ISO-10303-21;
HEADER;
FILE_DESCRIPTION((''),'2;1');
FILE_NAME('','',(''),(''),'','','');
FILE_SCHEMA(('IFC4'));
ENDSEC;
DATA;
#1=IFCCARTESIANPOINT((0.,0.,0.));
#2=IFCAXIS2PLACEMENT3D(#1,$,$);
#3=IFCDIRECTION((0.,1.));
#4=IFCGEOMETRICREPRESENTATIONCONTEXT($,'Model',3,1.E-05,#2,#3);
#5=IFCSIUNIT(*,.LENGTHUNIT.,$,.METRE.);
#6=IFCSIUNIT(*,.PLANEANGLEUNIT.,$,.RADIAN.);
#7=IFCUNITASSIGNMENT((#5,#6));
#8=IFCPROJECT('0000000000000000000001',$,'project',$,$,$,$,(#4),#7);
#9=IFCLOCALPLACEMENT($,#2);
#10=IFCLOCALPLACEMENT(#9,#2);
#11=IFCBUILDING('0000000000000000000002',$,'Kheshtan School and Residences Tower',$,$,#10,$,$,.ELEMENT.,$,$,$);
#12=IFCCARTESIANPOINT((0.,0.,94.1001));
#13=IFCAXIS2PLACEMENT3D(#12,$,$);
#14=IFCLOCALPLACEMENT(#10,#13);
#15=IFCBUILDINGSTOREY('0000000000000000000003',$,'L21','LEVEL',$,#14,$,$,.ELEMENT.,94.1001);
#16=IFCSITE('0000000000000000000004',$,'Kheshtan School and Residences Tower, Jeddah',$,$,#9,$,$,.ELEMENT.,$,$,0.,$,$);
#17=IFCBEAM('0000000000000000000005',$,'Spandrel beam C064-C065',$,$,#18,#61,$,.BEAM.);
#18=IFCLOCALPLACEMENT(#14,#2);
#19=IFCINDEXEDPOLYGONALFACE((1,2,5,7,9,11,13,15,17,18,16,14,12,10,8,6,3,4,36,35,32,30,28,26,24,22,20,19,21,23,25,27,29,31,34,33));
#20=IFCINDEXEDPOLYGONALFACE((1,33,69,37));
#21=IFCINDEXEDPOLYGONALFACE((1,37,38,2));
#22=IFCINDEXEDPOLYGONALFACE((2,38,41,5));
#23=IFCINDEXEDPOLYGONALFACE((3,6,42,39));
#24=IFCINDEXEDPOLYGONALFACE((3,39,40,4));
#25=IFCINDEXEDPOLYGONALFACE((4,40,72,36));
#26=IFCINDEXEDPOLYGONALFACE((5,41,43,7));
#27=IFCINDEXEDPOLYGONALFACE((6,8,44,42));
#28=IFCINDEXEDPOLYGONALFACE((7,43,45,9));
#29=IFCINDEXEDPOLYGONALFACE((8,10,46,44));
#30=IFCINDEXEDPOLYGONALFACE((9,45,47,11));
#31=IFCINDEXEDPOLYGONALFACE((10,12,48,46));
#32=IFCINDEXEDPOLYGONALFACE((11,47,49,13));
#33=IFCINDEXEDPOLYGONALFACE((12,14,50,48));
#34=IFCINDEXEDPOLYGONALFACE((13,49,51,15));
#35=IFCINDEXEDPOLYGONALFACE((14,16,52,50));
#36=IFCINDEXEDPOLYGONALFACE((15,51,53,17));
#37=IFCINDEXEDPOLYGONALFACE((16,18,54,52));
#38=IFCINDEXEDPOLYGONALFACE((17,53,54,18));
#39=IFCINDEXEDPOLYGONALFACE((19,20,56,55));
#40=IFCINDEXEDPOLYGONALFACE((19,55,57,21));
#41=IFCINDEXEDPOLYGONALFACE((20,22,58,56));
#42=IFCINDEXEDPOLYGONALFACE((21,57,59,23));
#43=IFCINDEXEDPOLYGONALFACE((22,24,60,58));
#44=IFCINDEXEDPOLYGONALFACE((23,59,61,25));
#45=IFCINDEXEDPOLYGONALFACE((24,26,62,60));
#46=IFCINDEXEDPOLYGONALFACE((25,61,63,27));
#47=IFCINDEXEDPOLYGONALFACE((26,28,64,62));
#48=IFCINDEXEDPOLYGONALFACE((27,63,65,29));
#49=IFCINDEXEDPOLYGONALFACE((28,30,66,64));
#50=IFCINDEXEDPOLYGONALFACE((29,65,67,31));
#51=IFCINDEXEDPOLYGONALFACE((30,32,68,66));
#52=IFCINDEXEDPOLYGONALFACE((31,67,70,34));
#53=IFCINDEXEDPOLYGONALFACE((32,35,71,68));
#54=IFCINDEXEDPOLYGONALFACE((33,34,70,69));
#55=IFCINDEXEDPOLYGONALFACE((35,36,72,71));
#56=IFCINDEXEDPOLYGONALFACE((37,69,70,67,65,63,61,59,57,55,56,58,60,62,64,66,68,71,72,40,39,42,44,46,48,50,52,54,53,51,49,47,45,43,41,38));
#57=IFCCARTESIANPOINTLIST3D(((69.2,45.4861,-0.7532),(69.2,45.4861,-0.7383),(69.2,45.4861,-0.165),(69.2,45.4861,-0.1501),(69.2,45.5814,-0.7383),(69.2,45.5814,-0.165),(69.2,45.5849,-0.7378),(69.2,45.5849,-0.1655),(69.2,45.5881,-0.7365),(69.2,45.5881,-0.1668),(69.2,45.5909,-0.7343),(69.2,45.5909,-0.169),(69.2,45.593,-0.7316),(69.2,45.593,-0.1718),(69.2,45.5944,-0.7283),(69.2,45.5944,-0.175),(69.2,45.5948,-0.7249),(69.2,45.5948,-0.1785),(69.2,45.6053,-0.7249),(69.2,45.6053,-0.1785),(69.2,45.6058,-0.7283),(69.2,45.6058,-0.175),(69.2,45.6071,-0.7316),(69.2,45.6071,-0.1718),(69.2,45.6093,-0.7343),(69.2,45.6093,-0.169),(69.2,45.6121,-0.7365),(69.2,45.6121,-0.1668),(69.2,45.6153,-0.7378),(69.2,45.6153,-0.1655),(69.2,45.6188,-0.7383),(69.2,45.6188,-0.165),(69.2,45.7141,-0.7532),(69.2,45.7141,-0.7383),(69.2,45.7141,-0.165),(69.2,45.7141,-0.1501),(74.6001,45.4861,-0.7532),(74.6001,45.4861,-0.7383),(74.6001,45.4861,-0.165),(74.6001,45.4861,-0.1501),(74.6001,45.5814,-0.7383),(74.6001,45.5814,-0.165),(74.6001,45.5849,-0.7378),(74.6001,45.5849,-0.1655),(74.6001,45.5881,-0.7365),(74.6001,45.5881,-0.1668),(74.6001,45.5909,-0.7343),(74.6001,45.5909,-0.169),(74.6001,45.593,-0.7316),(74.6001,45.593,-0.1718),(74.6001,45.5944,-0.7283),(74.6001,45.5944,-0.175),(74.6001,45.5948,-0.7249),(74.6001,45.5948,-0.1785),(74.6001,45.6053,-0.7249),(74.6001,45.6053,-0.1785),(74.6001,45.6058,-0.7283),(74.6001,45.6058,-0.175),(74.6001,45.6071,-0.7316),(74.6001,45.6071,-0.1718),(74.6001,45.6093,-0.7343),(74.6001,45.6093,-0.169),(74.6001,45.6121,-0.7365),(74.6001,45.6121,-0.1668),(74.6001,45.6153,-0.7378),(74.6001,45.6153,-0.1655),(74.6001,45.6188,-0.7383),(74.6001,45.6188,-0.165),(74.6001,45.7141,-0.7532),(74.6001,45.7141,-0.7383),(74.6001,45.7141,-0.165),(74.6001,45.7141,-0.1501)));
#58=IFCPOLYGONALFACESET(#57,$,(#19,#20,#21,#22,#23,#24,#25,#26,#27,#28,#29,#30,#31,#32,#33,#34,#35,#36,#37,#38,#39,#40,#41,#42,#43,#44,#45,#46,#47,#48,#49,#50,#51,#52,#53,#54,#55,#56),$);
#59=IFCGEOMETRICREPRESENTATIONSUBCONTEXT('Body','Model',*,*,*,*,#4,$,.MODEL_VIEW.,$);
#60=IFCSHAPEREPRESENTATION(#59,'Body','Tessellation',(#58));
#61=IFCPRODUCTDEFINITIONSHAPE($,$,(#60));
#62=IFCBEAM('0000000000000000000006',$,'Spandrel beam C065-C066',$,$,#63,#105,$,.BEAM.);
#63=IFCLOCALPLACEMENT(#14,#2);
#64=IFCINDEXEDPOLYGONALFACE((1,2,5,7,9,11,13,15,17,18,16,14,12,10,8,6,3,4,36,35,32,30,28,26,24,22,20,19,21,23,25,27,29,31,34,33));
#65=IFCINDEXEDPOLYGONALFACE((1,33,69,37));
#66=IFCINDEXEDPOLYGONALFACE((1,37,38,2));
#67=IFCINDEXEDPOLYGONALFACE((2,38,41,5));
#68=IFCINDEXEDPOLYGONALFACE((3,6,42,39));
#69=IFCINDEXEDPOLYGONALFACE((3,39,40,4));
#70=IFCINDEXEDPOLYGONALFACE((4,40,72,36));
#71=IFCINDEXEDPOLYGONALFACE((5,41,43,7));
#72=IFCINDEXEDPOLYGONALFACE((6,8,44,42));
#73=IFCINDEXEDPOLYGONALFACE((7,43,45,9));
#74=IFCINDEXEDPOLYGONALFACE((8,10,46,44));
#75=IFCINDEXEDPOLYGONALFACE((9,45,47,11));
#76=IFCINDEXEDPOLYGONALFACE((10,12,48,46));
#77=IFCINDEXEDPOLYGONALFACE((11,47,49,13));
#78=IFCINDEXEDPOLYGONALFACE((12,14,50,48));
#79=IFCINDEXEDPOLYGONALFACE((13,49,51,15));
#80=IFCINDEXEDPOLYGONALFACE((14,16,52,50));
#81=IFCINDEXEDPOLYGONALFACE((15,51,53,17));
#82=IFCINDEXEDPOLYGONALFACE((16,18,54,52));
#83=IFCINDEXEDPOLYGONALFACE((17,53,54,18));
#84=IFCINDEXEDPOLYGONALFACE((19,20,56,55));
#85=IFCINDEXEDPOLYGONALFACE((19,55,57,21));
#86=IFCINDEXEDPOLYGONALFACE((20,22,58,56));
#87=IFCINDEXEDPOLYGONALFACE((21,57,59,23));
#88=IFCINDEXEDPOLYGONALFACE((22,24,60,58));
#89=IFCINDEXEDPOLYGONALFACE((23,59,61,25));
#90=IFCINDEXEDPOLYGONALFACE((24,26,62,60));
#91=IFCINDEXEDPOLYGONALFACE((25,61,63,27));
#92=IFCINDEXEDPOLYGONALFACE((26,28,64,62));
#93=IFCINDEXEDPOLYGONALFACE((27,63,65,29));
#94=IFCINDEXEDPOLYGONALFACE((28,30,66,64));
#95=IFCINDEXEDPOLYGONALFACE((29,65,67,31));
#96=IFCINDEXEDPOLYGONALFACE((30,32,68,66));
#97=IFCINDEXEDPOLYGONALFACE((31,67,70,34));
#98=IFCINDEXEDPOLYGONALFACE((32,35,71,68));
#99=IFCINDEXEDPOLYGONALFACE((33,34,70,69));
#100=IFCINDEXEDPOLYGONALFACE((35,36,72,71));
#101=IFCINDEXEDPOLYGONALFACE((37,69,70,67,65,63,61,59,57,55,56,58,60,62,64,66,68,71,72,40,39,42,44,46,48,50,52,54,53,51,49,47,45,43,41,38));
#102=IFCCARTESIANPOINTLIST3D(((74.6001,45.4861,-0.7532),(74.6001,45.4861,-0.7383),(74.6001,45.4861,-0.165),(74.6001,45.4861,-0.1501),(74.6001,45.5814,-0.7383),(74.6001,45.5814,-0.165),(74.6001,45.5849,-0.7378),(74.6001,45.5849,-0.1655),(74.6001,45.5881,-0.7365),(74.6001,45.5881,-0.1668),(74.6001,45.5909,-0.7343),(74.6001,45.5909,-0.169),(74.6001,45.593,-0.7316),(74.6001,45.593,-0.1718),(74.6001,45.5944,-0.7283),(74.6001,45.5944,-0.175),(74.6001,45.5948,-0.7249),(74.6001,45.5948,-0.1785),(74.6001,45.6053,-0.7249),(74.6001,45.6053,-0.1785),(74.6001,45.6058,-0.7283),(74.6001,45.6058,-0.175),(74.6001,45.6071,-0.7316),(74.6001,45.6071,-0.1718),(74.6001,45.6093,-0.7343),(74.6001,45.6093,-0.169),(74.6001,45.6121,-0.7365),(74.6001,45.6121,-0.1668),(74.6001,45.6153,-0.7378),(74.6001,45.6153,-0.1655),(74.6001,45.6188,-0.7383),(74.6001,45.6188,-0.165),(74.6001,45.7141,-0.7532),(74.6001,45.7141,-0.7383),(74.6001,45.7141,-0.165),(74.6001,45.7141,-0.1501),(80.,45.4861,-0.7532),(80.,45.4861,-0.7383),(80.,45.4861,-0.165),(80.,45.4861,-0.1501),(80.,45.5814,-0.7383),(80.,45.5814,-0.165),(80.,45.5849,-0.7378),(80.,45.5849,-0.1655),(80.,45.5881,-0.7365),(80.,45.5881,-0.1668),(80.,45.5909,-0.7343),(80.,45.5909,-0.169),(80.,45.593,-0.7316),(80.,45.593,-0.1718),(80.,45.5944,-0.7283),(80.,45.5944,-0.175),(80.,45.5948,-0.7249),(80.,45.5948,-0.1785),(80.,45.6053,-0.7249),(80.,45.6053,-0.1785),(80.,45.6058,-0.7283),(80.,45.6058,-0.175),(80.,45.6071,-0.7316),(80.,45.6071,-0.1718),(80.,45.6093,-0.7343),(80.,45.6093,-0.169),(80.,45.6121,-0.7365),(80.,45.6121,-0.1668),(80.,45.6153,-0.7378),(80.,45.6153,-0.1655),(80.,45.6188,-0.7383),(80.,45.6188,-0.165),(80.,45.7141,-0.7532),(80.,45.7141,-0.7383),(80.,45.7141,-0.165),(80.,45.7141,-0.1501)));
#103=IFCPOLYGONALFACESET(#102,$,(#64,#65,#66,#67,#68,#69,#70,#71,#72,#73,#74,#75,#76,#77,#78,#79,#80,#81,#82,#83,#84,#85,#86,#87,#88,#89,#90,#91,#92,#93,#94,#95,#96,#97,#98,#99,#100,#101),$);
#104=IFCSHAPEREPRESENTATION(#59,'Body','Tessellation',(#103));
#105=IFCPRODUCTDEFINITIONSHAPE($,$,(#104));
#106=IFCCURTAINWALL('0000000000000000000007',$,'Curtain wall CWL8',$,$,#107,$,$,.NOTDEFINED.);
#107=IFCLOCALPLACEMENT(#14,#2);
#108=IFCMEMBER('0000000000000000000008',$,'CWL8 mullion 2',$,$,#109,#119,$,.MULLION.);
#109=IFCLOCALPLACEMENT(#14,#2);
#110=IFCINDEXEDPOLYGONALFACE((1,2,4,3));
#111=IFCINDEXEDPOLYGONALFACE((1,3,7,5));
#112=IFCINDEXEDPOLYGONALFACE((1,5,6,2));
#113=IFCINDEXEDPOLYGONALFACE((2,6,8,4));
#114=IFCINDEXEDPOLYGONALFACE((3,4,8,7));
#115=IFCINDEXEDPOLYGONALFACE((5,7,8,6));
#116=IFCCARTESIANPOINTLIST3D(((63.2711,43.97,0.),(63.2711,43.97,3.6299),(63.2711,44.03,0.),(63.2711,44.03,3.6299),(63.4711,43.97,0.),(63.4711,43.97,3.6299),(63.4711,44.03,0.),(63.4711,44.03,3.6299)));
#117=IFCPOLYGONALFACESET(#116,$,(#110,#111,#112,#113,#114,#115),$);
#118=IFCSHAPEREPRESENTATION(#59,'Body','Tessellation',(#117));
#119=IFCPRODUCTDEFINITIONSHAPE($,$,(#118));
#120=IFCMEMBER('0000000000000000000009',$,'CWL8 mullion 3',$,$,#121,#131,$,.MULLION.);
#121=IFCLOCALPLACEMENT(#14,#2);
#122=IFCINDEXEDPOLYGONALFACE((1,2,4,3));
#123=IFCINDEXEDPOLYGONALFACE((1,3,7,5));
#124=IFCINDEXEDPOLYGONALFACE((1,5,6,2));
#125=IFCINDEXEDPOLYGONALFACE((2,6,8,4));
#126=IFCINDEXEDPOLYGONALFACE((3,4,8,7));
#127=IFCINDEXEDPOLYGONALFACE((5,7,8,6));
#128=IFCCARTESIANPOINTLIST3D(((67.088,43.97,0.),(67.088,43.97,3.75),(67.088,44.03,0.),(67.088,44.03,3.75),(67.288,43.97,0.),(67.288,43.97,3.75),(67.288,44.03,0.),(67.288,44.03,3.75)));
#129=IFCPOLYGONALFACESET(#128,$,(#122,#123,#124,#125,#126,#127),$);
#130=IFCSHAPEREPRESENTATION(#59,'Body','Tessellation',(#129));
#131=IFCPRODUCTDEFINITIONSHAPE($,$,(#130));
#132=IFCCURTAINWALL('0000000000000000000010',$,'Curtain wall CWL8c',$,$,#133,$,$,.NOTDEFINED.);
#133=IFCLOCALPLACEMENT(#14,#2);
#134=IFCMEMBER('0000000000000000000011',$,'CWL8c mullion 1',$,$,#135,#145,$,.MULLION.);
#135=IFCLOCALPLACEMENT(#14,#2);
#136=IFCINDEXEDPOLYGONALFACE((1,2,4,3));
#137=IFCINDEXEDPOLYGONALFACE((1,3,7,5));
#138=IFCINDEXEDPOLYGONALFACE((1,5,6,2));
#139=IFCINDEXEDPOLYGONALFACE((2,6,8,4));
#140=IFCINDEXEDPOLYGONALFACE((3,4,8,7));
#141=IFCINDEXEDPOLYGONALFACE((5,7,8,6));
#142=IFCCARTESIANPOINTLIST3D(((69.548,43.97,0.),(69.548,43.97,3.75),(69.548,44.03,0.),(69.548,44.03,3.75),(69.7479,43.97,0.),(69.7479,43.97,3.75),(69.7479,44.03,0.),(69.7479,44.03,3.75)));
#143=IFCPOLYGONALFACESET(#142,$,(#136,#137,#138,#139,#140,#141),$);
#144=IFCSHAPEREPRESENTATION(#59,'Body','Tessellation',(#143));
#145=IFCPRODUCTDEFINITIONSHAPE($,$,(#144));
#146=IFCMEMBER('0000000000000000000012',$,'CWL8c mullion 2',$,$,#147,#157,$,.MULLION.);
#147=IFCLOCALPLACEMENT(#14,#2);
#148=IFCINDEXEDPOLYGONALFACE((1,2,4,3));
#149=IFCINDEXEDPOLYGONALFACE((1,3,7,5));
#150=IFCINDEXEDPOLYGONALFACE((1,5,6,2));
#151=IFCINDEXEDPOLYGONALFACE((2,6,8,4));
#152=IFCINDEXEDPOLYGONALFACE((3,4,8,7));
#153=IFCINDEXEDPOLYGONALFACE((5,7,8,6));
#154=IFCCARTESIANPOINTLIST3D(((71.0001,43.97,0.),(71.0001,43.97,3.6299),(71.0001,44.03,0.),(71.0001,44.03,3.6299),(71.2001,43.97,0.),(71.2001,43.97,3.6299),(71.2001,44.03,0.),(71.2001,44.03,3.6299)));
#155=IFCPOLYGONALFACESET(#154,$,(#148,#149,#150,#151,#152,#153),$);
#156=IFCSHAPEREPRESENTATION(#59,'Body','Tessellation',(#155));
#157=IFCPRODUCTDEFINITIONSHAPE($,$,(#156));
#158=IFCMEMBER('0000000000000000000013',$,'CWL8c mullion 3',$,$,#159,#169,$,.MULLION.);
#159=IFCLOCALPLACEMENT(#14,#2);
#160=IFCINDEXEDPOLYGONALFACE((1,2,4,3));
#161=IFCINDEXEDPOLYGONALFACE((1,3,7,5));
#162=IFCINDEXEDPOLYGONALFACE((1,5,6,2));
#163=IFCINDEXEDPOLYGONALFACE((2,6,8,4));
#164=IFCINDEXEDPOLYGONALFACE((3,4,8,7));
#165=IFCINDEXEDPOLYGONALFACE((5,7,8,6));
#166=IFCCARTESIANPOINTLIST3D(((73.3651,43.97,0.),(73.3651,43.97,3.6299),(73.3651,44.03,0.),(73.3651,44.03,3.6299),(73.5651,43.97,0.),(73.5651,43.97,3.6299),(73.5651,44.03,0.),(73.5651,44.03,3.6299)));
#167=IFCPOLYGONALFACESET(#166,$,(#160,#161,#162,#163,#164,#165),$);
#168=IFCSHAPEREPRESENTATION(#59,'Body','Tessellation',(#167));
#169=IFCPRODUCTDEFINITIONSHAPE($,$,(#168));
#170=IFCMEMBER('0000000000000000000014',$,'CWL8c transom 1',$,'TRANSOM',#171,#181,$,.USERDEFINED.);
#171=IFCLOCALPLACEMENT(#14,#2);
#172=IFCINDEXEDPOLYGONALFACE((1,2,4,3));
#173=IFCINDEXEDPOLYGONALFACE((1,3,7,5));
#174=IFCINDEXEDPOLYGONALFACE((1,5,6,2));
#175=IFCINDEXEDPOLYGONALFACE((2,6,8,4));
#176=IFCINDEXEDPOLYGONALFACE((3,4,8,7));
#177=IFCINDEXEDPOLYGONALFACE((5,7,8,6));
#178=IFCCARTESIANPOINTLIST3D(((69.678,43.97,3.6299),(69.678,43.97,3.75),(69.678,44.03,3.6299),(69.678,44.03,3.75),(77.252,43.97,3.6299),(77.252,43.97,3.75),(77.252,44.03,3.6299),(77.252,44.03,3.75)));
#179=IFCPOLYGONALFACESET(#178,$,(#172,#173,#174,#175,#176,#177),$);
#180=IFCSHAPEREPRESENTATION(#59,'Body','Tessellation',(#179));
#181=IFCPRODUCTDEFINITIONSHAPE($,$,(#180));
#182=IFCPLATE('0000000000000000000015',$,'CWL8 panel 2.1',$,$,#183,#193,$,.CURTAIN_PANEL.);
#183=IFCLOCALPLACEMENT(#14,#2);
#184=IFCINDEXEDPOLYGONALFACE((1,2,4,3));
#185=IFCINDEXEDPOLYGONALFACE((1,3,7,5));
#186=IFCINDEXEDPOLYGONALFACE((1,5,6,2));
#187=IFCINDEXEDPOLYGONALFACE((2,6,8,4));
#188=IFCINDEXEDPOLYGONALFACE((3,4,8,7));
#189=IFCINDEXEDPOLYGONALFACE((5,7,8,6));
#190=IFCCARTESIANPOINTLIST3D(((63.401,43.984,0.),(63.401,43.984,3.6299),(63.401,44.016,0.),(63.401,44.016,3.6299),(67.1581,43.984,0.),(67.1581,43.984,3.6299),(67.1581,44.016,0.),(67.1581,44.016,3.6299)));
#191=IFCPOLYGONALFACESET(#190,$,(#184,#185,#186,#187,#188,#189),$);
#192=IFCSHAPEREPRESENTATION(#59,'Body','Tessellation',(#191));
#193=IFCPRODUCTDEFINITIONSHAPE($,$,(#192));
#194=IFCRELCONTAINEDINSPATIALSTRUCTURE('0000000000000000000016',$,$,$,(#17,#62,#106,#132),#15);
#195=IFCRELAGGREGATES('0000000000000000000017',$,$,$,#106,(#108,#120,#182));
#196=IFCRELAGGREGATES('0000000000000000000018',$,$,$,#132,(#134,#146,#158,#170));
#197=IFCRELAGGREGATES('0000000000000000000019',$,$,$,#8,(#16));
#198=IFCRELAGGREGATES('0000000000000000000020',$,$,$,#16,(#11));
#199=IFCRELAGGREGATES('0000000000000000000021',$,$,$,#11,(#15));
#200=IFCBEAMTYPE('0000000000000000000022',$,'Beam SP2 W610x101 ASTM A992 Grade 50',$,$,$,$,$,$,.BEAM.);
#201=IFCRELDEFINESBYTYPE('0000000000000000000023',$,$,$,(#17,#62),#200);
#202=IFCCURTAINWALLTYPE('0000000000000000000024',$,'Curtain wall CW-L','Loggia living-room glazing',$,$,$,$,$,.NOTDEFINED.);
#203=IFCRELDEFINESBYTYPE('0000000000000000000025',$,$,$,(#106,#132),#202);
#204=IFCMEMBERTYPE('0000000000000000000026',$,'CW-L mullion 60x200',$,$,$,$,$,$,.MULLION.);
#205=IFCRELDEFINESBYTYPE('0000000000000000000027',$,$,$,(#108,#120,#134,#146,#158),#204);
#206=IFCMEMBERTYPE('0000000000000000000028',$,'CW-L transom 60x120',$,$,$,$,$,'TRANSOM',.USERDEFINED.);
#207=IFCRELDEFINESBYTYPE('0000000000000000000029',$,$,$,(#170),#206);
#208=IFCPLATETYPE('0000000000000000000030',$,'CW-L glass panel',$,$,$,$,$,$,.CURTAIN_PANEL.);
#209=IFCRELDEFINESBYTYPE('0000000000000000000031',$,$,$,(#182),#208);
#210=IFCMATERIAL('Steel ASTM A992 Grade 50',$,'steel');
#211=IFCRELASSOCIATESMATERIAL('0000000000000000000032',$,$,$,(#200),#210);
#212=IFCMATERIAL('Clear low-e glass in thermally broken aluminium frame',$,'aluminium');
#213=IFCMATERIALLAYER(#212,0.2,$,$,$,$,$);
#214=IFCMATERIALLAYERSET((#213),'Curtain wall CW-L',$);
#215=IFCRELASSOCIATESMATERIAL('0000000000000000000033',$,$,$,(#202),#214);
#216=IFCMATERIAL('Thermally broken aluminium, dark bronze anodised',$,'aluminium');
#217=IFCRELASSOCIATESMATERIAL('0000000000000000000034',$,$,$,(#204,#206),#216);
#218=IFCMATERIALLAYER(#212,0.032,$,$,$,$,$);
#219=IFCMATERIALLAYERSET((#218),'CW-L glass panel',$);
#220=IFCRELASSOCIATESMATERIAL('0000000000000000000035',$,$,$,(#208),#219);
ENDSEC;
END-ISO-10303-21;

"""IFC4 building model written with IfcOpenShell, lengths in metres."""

from ifc_helpers import new_model, si_unit, direction, frame, origin, origin_2d, place, context, subcontext, project, spatial, rectangle, i_section, extrude, material, layer, layer_set, material_profile, profile_set, type_object, element, aggregate, save


model = new_model("IFC4")

# Units and contexts
model_context = context("Model", 3, precision=1e-05, world=origin(), true_north=direction((0.0, 1.0)))
body_context = subcontext(model_context, "Body", "Model", "MODEL_VIEW")
ifc_project = project(units=[si_unit("LENGTHUNIT", "METRE"), si_unit("PLANEANGLEUNIT", "RADIAN")], contexts=[model_context])

# Site, building, storey
site_placement = place(None, origin())
site = spatial("IfcSite", under=ifc_project, at=site_placement, Name="Kheshtan School and Residences Tower, Jeddah", CompositionType="ELEMENT", RefElevation=0.0)
building_placement = place(site_placement, origin())
building = spatial("IfcBuilding", under=site, at=building_placement, Name="Kheshtan School and Residences Tower", CompositionType="ELEMENT")
storey_placement = place(building_placement, frame((0.0, 0.0, 94.1001)))
storey = spatial("IfcBuildingStorey", under=building, at=storey_placement, Name="L21", Description="LEVEL", CompositionType="ELEMENT", Elevation=94.1001)

# Shared definitions
ifc_material_1 = material(Name="Steel ASTM A992 Grade 50", Category="steel")

# Beams
ifc_material_profile_1 = material_profile(ifc_material_1, i_section(OverallWidth=0.228, OverallDepth=0.603, WebThickness=0.0105, FlangeThickness=0.0149, FilletRadius=0.0134, at=origin_2d()), Name="W610x101")
ifc_profile_set_1 = profile_set([ifc_material_profile_1], Name="Steel ASTM A992 Grade 50")
beam_type_1 = type_object("IfcBeamType", Name="Beam SP2 W610x101 ASTM A992 Grade 50", PredefinedType="BEAM", material=ifc_profile_set_1)
beam_1_placement = place(storey_placement, frame((69.2, 45.6001, -0.4517), z_axis=(1.0, 0.0, 0.0), x_axis=(0.0, 1.0, 0.0)))
element("IfcBeam", 1, at=beam_1_placement, inside=storey, type_object=beam_type_1, Name="Spandrel beam C064-C065", PredefinedType="BEAM", context=body_context, shape_type="SweptSolid", body=[
    extrude(i_section(OverallWidth=0.228, OverallDepth=0.603, WebThickness=0.0105, FlangeThickness=0.0149, FilletRadius=0.0134, at=origin_2d()), origin(), (0.0, 0.0, 1.0), 5.4001),
])
beam_2_placement = place(storey_placement, frame((74.6001, 45.6001, -0.4517), z_axis=(1.0, 0.0, 0.0), x_axis=(0.0, 1.0, 0.0)))
element("IfcBeam", 2, at=beam_2_placement, inside=storey, type_object=beam_type_1, Name="Spandrel beam C065-C066", PredefinedType="BEAM", context=body_context, shape_type="SweptSolid", body=[
    extrude(i_section(OverallWidth=0.228, OverallDepth=0.603, WebThickness=0.0105, FlangeThickness=0.0149, FilletRadius=0.0134, at=origin_2d()), origin(), (0.0, 0.0, 1.0), 5.3999),
])

# Curtain walls, members
ifc_material_2 = material(Name="Clear low-e glass in thermally broken aluminium frame", Category="aluminium")
ifc_layer_1 = layer(ifc_material_2, 0.2)
ifc_layer_set_1 = layer_set([ifc_layer_1], Name="Curtain wall CW-L")
curtain_wall_type = type_object("IfcCurtainWallType", Name="Curtain wall CW-L", Description="Loggia living-room glazing", PredefinedType="NOTDEFINED", material=ifc_layer_set_1)
curtain_wall_1_placement = place(storey_placement, origin())
curtain_wall_1 = element("IfcCurtainWall", 3, at=curtain_wall_1_placement, inside=storey, type_object=curtain_wall_type, Name="Curtain wall CWL8", PredefinedType="NOTDEFINED")
ifc_material_3 = material(Name="Thermally broken aluminium, dark bronze anodised", Category="aluminium")
ifc_material_profile_2 = material_profile(ifc_material_3, rectangle(XDim=0.0601, YDim=0.2, at=origin_2d()), Name="CW-L mullion 60x200")
ifc_profile_set_2 = profile_set([ifc_material_profile_2], Name="Thermally broken aluminium, dark bronze anodised")
member_type_1 = type_object("IfcMemberType", Name="CW-L mullion 60x200", PredefinedType="MULLION", material=ifc_profile_set_2)
member_1_placement = place(storey_placement, frame((63.3711, 44.0, 0.0), z_axis=(0.0, 0.0, 1.0), x_axis=(0.0, 1.0, 0.0)))
member_1 = element("IfcMember", 4, at=member_1_placement, type_object=member_type_1, Name="CWL8 mullion 2", PredefinedType="MULLION", context=body_context, shape_type="SweptSolid", body=[
    extrude(rectangle(XDim=0.0601, YDim=0.2, at=origin_2d()), origin(), (0.0, 0.0, 1.0), 3.6299),
])
member_2_placement = place(storey_placement, frame((67.188, 44.0, 0.0), z_axis=(0.0, 0.0, 1.0), x_axis=(0.0, 1.0, 0.0)))
member_2 = element("IfcMember", 5, at=member_2_placement, type_object=member_type_1, Name="CWL8 mullion 3", PredefinedType="MULLION", context=body_context, shape_type="SweptSolid", body=[
    extrude(rectangle(XDim=0.0601, YDim=0.2, at=origin_2d()), origin(), (0.0, 0.0, 1.0), 3.75),
])
curtain_wall_2_placement = place(storey_placement, origin())
curtain_wall_2 = element("IfcCurtainWall", 6, at=curtain_wall_2_placement, inside=storey, type_object=curtain_wall_type, Name="Curtain wall CWL8c", PredefinedType="NOTDEFINED")
member_3_placement = place(storey_placement, frame((69.6479, 44.0, 0.0), z_axis=(0.0, 0.0, 1.0), x_axis=(0.0, 1.0, 0.0)))
member_3 = element("IfcMember", 7, at=member_3_placement, type_object=member_type_1, Name="CWL8c mullion 1", PredefinedType="MULLION", context=body_context, shape_type="SweptSolid", body=[
    extrude(rectangle(XDim=0.0601, YDim=0.2, at=origin_2d()), origin(), (0.0, 0.0, 1.0), 3.75),
])
member_4_placement = place(storey_placement, frame((71.1001, 44.0, 0.0), z_axis=(0.0, 0.0, 1.0), x_axis=(0.0, 1.0, 0.0)))
member_4 = element("IfcMember", 8, at=member_4_placement, type_object=member_type_1, Name="CWL8c mullion 2", PredefinedType="MULLION", context=body_context, shape_type="SweptSolid", body=[
    extrude(rectangle(XDim=0.0601, YDim=0.2, at=origin_2d()), origin(), (0.0, 0.0, 1.0), 3.6299),
])
member_5_placement = place(storey_placement, frame((73.4651, 44.0, 0.0), z_axis=(0.0, 0.0, 1.0), x_axis=(0.0, 1.0, 0.0)))
member_5 = element("IfcMember", 9, at=member_5_placement, type_object=member_type_1, Name="CWL8c mullion 3", PredefinedType="MULLION", context=body_context, shape_type="SweptSolid", body=[
    extrude(rectangle(XDim=0.0601, YDim=0.2, at=origin_2d()), origin(), (0.0, 0.0, 1.0), 3.6299),
])
ifc_material_profile_3 = material_profile(ifc_material_3, rectangle(XDim=0.0601, YDim=0.1201, at=origin_2d()), Name="CW-L transom 60x120")
ifc_profile_set_3 = profile_set([ifc_material_profile_3], Name="Thermally broken aluminium, dark bronze anodised")
member_type_2 = type_object("IfcMemberType", Name="CW-L transom 60x120", ElementType="TRANSOM", PredefinedType="USERDEFINED", material=ifc_profile_set_3)
member_6_placement = place(storey_placement, frame((69.678, 44.0, 3.6899), z_axis=(1.0, 0.0, 0.0), x_axis=(0.0, 1.0, 0.0)))
member_6 = element("IfcMember", 10, at=member_6_placement, type_object=member_type_2, Name="CWL8c transom 1", ObjectType="TRANSOM", PredefinedType="USERDEFINED", context=body_context, shape_type="SweptSolid", body=[
    extrude(rectangle(XDim=0.0601, YDim=0.1201, at=origin_2d()), origin(), (0.0, 0.0, 1.0), 7.574),
])

# Plate
ifc_layer_2 = layer(ifc_material_2, 0.032)
ifc_layer_set_2 = layer_set([ifc_layer_2], Name="CW-L glass panel")
plate_type = type_object("IfcPlateType", Name="CW-L glass panel", PredefinedType="CURTAIN_PANEL", material=ifc_layer_set_2)
plate_1_placement = place(storey_placement, frame((65.2795, 44.0, 0.0), z_axis=(0.0, 0.0, 1.0), x_axis=(1.0, 0.0, 0.0)))
plate_1 = element("IfcPlate", 11, at=plate_1_placement, type_object=plate_type, Name="CWL8 panel 2.1", PredefinedType="CURTAIN_PANEL", context=body_context, shape_type="SweptSolid", body=[
    extrude(rectangle(XDim=3.7571, YDim=0.032, at=origin_2d()), origin(), (0.0, 0.0, 1.0), 3.6299),
])
aggregate(curtain_wall_1, [member_1, member_2, plate_1])
aggregate(curtain_wall_2, [member_3, member_4, member_5, member_6])

save(model, "model.ifc")
